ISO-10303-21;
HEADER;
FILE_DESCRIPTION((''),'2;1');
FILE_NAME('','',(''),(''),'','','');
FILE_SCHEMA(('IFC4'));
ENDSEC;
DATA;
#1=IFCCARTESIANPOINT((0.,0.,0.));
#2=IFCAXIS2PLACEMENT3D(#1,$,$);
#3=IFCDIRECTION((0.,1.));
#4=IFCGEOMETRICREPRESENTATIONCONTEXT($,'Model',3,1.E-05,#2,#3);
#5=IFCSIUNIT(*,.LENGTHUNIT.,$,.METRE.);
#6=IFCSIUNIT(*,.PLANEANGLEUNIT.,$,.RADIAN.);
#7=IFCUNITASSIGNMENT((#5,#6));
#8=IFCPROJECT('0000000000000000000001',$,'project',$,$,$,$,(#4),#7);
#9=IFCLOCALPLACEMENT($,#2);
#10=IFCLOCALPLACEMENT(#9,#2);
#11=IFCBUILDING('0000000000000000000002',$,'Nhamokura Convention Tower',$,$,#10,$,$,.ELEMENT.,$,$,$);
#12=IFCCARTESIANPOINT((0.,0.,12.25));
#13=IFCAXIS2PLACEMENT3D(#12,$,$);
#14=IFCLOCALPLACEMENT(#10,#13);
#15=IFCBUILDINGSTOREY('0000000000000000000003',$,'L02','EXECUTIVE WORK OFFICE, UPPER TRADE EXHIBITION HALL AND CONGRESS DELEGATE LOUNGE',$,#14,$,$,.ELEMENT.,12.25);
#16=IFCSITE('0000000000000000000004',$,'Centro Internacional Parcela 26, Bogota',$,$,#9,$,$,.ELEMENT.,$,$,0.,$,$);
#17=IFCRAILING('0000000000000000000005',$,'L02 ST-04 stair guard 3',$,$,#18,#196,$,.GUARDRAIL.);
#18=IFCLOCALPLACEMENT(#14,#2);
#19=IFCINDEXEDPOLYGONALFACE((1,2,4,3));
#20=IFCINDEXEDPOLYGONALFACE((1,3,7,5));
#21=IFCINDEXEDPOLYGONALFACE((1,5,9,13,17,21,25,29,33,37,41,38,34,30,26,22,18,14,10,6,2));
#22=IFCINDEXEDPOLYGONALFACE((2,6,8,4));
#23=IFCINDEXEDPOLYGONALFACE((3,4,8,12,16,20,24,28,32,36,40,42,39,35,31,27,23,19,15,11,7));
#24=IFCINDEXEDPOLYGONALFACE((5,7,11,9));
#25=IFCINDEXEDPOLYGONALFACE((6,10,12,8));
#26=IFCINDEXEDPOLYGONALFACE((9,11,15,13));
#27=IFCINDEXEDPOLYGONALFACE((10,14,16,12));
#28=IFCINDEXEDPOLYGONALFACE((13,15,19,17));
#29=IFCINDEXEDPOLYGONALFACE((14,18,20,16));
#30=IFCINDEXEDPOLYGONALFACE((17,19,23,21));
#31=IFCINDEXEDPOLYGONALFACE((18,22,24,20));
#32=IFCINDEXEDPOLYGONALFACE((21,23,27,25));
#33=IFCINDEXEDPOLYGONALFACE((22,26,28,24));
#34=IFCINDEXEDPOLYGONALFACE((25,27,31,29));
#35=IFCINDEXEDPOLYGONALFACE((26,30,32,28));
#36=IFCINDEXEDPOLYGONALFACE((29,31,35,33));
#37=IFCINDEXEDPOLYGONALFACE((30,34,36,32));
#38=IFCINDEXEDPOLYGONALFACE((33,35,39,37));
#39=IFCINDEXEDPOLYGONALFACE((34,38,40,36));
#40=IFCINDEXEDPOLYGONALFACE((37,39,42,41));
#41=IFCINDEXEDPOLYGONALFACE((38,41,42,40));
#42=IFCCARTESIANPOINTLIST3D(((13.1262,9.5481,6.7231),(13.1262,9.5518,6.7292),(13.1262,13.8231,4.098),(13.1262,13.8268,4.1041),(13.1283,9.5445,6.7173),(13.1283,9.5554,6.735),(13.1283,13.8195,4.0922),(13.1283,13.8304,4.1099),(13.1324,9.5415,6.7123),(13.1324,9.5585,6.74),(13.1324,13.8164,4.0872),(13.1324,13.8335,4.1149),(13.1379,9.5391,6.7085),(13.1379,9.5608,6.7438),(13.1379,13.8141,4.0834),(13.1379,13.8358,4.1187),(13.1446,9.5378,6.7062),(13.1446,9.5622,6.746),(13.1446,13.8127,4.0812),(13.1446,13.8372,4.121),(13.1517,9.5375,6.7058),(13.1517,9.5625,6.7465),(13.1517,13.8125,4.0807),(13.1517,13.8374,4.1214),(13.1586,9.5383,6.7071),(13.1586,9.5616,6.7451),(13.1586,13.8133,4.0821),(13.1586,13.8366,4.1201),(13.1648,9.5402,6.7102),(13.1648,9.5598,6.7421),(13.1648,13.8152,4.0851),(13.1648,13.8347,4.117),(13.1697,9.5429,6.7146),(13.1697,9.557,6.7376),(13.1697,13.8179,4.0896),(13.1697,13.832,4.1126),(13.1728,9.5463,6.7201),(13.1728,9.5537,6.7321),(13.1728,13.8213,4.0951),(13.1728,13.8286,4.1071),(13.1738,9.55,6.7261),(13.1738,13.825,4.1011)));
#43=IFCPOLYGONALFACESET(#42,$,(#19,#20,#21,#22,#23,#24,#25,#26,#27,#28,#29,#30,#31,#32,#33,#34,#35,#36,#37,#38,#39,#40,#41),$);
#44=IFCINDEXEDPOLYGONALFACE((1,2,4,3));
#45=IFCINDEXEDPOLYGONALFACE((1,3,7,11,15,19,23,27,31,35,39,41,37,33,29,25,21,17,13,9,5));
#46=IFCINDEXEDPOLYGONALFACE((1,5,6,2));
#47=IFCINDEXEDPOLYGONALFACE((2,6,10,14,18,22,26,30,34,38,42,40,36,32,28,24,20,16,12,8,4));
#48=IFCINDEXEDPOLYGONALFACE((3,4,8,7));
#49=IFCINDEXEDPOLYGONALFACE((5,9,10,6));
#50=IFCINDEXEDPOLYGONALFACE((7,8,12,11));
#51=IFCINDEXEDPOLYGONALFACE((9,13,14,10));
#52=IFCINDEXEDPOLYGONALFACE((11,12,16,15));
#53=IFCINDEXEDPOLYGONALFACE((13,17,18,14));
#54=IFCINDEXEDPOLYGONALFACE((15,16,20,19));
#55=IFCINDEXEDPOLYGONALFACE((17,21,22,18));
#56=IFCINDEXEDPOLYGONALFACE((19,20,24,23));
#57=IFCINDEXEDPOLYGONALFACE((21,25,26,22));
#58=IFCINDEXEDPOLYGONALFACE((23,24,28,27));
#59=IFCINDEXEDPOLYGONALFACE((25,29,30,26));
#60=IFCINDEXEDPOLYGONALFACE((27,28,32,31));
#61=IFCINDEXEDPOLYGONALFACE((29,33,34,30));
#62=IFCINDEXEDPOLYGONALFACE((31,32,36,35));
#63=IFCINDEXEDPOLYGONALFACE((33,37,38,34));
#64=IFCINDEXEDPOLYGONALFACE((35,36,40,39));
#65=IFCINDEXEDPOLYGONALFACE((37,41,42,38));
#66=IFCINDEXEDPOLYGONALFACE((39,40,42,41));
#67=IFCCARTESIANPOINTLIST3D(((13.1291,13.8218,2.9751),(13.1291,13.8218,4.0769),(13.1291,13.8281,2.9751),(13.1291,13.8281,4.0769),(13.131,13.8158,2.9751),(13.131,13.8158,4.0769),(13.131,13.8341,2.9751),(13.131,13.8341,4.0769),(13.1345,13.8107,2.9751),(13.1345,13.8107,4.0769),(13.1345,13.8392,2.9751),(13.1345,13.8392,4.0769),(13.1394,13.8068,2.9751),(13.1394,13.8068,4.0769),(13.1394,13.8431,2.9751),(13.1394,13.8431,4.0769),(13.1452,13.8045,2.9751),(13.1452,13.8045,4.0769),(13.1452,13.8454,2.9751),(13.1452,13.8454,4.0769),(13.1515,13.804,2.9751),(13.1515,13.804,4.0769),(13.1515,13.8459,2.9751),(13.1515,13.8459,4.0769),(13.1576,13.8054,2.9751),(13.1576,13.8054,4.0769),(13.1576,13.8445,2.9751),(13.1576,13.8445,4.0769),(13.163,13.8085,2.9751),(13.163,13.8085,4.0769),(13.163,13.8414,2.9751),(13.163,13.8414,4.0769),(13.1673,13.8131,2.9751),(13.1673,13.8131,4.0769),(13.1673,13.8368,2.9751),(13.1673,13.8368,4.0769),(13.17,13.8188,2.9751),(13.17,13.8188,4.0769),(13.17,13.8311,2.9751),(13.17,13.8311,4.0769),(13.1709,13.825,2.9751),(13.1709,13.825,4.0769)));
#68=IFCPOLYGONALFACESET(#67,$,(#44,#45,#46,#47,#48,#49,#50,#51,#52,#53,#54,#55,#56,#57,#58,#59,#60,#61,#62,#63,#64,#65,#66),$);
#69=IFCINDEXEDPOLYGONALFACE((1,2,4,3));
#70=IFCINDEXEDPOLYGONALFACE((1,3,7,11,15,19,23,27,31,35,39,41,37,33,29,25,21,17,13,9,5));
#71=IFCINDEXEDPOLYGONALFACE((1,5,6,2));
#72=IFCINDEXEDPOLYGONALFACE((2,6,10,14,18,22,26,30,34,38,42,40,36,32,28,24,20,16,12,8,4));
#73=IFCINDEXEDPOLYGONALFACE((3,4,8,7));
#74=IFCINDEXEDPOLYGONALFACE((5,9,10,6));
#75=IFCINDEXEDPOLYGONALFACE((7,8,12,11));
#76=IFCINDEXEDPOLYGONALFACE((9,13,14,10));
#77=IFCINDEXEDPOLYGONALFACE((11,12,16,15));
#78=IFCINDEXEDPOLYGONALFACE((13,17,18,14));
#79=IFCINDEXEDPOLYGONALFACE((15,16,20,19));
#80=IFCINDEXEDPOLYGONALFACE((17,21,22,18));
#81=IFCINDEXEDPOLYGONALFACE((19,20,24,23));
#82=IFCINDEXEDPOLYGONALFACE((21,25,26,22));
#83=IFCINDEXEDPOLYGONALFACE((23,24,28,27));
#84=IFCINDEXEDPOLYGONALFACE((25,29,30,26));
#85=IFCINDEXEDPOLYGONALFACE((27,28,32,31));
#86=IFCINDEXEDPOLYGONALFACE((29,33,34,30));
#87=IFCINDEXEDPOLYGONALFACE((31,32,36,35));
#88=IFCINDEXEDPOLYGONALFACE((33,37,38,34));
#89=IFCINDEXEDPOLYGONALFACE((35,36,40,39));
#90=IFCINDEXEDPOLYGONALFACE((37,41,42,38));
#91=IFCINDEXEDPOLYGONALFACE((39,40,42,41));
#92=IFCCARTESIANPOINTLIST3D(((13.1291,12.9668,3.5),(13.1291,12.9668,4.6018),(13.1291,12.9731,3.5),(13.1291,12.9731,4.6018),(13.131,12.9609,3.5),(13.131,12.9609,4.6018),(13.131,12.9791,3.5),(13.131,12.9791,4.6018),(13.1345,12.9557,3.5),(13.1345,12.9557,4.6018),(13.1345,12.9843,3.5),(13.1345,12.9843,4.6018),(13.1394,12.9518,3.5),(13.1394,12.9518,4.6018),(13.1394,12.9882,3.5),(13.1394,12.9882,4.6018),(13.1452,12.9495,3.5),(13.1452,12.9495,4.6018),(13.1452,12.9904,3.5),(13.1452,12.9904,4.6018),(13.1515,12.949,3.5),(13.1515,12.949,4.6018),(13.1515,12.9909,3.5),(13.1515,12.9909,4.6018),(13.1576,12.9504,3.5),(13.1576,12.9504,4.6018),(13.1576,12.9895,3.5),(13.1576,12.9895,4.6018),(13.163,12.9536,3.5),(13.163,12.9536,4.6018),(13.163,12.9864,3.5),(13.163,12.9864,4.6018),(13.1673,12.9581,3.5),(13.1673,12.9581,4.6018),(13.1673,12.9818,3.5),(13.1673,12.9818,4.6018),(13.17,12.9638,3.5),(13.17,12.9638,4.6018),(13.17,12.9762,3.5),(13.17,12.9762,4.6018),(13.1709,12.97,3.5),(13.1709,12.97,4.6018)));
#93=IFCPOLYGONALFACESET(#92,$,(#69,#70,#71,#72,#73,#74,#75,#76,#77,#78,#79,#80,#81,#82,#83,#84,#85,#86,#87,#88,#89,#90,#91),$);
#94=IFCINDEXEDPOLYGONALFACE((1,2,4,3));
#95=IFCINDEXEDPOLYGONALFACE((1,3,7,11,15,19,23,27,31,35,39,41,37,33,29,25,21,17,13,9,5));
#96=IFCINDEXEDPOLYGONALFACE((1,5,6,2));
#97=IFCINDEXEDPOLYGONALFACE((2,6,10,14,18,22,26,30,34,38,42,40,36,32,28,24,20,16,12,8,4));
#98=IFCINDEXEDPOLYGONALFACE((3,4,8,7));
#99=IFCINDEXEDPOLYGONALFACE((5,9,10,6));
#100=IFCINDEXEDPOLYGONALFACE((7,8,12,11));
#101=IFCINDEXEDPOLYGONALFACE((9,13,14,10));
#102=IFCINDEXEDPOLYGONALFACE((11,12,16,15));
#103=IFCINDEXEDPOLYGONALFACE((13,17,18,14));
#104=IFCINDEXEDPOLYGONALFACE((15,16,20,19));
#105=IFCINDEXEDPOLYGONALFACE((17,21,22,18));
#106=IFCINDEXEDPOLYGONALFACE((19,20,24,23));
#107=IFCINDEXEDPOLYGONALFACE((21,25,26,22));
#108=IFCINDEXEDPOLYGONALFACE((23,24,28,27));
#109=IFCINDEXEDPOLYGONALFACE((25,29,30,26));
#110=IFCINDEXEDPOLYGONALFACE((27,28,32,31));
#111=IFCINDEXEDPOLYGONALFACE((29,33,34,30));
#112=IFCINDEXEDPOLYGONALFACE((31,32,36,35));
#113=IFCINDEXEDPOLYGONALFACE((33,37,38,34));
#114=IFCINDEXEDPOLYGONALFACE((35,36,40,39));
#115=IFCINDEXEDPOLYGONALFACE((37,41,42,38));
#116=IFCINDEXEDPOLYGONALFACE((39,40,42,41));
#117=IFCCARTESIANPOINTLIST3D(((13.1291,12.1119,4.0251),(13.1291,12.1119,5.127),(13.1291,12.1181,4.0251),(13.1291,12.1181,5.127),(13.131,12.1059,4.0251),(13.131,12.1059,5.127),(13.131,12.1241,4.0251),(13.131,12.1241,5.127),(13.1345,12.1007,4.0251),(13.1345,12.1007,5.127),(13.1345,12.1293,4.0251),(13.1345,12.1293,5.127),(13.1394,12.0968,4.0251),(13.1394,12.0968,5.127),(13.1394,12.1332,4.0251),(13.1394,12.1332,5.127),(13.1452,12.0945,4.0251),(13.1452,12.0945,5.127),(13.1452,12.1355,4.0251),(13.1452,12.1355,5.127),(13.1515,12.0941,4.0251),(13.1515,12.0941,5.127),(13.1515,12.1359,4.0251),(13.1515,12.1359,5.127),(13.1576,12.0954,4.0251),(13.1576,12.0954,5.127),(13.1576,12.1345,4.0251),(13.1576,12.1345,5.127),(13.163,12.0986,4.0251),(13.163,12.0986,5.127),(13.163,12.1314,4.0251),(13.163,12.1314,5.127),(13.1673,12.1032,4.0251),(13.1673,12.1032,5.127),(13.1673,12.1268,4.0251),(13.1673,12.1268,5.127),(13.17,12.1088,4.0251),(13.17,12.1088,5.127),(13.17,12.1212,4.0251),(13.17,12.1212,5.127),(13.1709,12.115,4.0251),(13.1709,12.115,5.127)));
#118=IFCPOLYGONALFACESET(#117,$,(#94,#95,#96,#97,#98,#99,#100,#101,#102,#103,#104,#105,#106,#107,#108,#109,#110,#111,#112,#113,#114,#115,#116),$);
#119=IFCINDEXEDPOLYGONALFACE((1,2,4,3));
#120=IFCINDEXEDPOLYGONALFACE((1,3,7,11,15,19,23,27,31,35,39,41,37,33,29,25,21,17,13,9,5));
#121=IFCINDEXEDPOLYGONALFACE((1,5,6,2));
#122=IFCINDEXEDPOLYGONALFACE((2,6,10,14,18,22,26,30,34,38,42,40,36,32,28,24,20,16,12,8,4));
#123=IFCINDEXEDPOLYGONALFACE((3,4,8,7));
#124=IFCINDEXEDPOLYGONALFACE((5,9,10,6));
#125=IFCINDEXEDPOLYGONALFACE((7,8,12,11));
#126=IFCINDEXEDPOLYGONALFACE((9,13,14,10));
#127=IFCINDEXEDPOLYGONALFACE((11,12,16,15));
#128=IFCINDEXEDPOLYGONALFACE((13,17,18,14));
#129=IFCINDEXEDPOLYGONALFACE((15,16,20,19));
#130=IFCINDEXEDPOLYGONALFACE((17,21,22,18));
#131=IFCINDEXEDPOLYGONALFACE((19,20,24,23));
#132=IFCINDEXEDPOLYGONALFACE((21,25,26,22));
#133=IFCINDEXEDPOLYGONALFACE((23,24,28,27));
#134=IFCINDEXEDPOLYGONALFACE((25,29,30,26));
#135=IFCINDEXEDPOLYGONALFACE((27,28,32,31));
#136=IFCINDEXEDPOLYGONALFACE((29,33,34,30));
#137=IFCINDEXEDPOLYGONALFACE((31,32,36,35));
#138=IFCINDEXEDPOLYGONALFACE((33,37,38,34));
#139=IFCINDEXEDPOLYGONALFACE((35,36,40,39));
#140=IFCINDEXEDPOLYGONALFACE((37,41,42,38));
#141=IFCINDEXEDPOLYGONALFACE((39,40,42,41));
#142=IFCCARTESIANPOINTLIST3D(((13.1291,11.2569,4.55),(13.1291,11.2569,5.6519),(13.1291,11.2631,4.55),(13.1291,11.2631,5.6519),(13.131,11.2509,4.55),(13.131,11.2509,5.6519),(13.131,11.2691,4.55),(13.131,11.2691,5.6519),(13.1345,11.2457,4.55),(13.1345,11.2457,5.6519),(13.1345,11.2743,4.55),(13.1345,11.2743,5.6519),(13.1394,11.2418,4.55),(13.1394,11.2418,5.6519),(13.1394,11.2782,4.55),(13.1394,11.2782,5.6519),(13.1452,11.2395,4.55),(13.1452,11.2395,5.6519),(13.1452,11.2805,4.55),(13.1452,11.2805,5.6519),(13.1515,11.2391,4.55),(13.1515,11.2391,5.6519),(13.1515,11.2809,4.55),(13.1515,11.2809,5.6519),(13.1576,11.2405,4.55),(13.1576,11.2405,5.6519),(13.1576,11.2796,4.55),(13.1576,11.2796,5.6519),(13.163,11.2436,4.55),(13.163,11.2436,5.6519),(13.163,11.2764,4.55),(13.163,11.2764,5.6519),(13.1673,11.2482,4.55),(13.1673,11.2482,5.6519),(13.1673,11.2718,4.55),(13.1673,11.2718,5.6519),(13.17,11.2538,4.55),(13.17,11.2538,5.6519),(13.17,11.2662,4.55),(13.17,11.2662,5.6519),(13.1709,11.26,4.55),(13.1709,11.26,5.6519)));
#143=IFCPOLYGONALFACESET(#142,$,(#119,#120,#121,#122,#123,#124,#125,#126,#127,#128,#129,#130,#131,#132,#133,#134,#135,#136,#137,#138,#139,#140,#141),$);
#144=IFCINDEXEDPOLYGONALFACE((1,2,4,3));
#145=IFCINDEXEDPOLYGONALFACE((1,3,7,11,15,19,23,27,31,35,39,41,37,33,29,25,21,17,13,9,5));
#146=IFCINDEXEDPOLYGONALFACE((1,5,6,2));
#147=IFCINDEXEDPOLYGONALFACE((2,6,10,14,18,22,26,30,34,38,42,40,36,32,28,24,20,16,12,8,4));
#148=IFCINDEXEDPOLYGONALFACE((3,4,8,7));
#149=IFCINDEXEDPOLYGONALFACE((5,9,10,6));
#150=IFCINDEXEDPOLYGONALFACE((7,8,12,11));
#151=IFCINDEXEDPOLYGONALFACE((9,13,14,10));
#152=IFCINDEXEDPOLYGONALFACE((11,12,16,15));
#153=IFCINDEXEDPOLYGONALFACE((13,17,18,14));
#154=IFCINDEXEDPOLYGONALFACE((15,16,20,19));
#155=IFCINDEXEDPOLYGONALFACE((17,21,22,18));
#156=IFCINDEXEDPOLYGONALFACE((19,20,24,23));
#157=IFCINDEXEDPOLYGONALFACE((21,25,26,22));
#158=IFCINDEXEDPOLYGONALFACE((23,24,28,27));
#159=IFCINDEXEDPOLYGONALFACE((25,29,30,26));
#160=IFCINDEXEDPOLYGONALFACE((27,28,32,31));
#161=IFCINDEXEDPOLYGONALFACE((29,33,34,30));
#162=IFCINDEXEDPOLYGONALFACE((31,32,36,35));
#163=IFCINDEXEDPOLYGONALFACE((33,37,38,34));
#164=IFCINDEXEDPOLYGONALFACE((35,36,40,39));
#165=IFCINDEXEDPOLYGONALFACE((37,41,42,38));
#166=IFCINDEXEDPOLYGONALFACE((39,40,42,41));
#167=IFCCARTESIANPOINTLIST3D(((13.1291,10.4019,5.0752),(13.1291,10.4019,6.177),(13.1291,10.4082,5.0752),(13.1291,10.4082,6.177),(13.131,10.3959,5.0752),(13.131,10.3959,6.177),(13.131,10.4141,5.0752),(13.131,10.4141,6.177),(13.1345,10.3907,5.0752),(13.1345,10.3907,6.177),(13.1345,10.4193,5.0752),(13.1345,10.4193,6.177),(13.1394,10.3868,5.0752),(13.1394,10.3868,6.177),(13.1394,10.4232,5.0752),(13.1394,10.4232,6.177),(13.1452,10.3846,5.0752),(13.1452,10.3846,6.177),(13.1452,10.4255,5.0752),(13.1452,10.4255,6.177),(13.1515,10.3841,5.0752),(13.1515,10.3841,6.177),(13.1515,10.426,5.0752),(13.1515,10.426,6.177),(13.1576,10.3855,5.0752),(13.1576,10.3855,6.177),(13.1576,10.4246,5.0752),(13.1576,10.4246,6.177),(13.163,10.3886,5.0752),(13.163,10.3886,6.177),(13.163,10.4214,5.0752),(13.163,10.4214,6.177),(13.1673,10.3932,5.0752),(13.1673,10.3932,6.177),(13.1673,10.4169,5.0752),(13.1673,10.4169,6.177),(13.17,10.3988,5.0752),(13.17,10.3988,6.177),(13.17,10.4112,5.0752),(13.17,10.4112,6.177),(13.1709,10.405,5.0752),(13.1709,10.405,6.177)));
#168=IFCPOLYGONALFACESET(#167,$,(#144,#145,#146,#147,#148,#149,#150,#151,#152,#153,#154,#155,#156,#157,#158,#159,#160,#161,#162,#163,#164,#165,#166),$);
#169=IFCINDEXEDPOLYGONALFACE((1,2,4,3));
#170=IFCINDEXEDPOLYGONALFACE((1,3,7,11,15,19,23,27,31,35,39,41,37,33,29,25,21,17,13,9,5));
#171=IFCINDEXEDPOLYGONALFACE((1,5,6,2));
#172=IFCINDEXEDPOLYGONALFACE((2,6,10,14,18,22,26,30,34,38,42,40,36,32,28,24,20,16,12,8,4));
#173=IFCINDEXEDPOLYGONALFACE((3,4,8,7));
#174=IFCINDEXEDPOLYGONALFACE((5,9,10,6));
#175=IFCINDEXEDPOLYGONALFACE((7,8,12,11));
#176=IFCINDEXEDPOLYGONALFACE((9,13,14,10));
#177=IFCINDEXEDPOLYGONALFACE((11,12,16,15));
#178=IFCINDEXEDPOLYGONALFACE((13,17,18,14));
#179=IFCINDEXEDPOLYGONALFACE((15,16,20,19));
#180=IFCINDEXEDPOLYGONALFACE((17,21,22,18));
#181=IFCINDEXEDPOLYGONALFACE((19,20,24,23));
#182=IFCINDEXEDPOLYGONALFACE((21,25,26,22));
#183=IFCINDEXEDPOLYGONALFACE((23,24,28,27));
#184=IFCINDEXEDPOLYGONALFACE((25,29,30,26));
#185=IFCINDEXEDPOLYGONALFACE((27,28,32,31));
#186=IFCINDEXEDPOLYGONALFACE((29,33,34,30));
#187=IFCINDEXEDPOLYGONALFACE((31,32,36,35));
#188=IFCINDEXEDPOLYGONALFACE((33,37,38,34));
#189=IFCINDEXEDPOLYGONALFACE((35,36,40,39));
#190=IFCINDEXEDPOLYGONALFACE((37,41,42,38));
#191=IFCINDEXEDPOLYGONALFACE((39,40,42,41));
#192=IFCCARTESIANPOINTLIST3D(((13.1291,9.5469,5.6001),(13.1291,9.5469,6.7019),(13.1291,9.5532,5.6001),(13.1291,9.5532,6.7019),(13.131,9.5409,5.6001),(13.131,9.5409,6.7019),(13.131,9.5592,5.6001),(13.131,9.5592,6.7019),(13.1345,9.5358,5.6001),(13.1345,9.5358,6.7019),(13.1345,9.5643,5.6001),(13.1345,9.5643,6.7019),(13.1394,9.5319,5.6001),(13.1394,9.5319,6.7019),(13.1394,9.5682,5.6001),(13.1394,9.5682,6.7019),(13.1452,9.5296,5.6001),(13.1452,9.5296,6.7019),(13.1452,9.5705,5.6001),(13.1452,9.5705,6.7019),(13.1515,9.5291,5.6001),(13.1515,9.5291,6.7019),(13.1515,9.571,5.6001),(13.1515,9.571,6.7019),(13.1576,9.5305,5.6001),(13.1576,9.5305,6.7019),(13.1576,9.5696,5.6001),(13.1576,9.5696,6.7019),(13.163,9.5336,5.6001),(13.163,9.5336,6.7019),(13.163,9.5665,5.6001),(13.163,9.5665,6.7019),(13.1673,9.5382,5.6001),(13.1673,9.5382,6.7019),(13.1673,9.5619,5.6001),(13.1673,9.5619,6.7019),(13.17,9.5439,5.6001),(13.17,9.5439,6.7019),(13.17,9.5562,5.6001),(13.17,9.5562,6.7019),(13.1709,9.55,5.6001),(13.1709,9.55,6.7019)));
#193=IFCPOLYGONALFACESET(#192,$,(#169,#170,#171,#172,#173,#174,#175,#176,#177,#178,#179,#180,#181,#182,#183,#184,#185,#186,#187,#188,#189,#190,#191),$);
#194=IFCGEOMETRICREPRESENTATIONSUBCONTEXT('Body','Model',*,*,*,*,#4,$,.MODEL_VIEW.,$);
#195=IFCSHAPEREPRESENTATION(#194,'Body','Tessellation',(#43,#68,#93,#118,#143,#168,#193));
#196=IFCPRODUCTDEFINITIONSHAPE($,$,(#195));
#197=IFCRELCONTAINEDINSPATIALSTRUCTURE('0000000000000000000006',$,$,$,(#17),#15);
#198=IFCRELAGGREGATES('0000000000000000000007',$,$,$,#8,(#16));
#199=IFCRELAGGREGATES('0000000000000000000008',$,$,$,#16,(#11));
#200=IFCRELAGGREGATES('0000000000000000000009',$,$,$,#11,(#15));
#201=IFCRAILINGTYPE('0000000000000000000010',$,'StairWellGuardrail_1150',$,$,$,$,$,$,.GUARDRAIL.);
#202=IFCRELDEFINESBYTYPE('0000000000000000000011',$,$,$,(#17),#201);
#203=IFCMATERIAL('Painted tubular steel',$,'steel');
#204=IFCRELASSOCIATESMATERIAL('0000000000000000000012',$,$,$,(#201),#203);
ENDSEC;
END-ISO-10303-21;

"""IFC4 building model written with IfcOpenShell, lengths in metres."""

from ifc_helpers import new_model, si_unit, direction, frame, origin, origin_2d, place, context, subcontext, project, spatial, circle, extrude, material, type_object, element, save


model = new_model("IFC4")

# Units and contexts
model_context = context("Model", 3, precision=1e-05, world=origin(), true_north=direction((0.0, 1.0)))
body_context = subcontext(model_context, "Body", "Model", "MODEL_VIEW")
ifc_project = project(units=[si_unit("LENGTHUNIT", "METRE"), si_unit("PLANEANGLEUNIT", "RADIAN")], contexts=[model_context])

# Site, building, storey
site_placement = place(None, origin())
site = spatial("IfcSite", under=ifc_project, at=site_placement, Name="Centro Internacional Parcela 26, Bogota", CompositionType="ELEMENT", RefElevation=0.0)
building_placement = place(site_placement, origin())
building = spatial("IfcBuilding", under=site, at=building_placement, Name="Nhamokura Convention Tower", CompositionType="ELEMENT")
storey_placement = place(building_placement, frame((0.0, 0.0, 12.25)))
storey = spatial("IfcBuildingStorey", under=building, at=storey_placement, Name="L02", Description="EXECUTIVE WORK OFFICE, UPPER TRADE EXHIBITION HALL AND CONGRESS DELEGATE LOUNGE", CompositionType="ELEMENT", Elevation=12.25)

# Railing
ifc_material_1 = material(Name="Painted tubular steel", Category="steel")
railing_type_1 = type_object("IfcRailingType", Name="StairWellGuardrail_1150", PredefinedType="GUARDRAIL", material=ifc_material_1)
railing_1_placement = place(storey_placement, frame((13.1499, 13.825, 2.9751)))
element("IfcRailing", 1, at=railing_1_placement, inside=storey, type_object=railing_type_1, Name="L02 ST-04 stair guard 3", PredefinedType="GUARDRAIL", context=body_context, shape_type="SweptSolid", body=[
    extrude(circle(Radius=0.0239, at=origin_2d()), frame((0.0, 0.0, 1.126), z_axis=(0.0, -0.852166, 0.523272), x_axis=(1.0, 0.0, 0.0)), (0.0, 0.0, 1.0), 5.0166),
    extrude(circle(Radius=0.021, at=origin_2d()), origin(), (0.0, 0.0, 1.0), 1.1018),
    extrude(circle(Radius=0.021, at=origin_2d()), frame((0.0, -0.855, 0.5249)), (0.0, 0.0, 1.0), 1.1018),
    extrude(circle(Radius=0.021, at=origin_2d()), frame((0.0, -1.71, 1.05)), (0.0, 0.0, 1.0), 1.1018),
    extrude(circle(Radius=0.021, at=origin_2d()), frame((0.0, -2.5649, 1.575)), (0.0, 0.0, 1.0), 1.1018),
    extrude(circle(Radius=0.021, at=origin_2d()), frame((0.0, -3.4199, 2.1001)), (0.0, 0.0, 1.0), 1.1018),
    extrude(circle(Radius=0.021, at=origin_2d()), frame((0.0, -4.2749, 2.625)), (0.0, 0.0, 1.0), 1.1018),
])

save(model, "model.ifc")
